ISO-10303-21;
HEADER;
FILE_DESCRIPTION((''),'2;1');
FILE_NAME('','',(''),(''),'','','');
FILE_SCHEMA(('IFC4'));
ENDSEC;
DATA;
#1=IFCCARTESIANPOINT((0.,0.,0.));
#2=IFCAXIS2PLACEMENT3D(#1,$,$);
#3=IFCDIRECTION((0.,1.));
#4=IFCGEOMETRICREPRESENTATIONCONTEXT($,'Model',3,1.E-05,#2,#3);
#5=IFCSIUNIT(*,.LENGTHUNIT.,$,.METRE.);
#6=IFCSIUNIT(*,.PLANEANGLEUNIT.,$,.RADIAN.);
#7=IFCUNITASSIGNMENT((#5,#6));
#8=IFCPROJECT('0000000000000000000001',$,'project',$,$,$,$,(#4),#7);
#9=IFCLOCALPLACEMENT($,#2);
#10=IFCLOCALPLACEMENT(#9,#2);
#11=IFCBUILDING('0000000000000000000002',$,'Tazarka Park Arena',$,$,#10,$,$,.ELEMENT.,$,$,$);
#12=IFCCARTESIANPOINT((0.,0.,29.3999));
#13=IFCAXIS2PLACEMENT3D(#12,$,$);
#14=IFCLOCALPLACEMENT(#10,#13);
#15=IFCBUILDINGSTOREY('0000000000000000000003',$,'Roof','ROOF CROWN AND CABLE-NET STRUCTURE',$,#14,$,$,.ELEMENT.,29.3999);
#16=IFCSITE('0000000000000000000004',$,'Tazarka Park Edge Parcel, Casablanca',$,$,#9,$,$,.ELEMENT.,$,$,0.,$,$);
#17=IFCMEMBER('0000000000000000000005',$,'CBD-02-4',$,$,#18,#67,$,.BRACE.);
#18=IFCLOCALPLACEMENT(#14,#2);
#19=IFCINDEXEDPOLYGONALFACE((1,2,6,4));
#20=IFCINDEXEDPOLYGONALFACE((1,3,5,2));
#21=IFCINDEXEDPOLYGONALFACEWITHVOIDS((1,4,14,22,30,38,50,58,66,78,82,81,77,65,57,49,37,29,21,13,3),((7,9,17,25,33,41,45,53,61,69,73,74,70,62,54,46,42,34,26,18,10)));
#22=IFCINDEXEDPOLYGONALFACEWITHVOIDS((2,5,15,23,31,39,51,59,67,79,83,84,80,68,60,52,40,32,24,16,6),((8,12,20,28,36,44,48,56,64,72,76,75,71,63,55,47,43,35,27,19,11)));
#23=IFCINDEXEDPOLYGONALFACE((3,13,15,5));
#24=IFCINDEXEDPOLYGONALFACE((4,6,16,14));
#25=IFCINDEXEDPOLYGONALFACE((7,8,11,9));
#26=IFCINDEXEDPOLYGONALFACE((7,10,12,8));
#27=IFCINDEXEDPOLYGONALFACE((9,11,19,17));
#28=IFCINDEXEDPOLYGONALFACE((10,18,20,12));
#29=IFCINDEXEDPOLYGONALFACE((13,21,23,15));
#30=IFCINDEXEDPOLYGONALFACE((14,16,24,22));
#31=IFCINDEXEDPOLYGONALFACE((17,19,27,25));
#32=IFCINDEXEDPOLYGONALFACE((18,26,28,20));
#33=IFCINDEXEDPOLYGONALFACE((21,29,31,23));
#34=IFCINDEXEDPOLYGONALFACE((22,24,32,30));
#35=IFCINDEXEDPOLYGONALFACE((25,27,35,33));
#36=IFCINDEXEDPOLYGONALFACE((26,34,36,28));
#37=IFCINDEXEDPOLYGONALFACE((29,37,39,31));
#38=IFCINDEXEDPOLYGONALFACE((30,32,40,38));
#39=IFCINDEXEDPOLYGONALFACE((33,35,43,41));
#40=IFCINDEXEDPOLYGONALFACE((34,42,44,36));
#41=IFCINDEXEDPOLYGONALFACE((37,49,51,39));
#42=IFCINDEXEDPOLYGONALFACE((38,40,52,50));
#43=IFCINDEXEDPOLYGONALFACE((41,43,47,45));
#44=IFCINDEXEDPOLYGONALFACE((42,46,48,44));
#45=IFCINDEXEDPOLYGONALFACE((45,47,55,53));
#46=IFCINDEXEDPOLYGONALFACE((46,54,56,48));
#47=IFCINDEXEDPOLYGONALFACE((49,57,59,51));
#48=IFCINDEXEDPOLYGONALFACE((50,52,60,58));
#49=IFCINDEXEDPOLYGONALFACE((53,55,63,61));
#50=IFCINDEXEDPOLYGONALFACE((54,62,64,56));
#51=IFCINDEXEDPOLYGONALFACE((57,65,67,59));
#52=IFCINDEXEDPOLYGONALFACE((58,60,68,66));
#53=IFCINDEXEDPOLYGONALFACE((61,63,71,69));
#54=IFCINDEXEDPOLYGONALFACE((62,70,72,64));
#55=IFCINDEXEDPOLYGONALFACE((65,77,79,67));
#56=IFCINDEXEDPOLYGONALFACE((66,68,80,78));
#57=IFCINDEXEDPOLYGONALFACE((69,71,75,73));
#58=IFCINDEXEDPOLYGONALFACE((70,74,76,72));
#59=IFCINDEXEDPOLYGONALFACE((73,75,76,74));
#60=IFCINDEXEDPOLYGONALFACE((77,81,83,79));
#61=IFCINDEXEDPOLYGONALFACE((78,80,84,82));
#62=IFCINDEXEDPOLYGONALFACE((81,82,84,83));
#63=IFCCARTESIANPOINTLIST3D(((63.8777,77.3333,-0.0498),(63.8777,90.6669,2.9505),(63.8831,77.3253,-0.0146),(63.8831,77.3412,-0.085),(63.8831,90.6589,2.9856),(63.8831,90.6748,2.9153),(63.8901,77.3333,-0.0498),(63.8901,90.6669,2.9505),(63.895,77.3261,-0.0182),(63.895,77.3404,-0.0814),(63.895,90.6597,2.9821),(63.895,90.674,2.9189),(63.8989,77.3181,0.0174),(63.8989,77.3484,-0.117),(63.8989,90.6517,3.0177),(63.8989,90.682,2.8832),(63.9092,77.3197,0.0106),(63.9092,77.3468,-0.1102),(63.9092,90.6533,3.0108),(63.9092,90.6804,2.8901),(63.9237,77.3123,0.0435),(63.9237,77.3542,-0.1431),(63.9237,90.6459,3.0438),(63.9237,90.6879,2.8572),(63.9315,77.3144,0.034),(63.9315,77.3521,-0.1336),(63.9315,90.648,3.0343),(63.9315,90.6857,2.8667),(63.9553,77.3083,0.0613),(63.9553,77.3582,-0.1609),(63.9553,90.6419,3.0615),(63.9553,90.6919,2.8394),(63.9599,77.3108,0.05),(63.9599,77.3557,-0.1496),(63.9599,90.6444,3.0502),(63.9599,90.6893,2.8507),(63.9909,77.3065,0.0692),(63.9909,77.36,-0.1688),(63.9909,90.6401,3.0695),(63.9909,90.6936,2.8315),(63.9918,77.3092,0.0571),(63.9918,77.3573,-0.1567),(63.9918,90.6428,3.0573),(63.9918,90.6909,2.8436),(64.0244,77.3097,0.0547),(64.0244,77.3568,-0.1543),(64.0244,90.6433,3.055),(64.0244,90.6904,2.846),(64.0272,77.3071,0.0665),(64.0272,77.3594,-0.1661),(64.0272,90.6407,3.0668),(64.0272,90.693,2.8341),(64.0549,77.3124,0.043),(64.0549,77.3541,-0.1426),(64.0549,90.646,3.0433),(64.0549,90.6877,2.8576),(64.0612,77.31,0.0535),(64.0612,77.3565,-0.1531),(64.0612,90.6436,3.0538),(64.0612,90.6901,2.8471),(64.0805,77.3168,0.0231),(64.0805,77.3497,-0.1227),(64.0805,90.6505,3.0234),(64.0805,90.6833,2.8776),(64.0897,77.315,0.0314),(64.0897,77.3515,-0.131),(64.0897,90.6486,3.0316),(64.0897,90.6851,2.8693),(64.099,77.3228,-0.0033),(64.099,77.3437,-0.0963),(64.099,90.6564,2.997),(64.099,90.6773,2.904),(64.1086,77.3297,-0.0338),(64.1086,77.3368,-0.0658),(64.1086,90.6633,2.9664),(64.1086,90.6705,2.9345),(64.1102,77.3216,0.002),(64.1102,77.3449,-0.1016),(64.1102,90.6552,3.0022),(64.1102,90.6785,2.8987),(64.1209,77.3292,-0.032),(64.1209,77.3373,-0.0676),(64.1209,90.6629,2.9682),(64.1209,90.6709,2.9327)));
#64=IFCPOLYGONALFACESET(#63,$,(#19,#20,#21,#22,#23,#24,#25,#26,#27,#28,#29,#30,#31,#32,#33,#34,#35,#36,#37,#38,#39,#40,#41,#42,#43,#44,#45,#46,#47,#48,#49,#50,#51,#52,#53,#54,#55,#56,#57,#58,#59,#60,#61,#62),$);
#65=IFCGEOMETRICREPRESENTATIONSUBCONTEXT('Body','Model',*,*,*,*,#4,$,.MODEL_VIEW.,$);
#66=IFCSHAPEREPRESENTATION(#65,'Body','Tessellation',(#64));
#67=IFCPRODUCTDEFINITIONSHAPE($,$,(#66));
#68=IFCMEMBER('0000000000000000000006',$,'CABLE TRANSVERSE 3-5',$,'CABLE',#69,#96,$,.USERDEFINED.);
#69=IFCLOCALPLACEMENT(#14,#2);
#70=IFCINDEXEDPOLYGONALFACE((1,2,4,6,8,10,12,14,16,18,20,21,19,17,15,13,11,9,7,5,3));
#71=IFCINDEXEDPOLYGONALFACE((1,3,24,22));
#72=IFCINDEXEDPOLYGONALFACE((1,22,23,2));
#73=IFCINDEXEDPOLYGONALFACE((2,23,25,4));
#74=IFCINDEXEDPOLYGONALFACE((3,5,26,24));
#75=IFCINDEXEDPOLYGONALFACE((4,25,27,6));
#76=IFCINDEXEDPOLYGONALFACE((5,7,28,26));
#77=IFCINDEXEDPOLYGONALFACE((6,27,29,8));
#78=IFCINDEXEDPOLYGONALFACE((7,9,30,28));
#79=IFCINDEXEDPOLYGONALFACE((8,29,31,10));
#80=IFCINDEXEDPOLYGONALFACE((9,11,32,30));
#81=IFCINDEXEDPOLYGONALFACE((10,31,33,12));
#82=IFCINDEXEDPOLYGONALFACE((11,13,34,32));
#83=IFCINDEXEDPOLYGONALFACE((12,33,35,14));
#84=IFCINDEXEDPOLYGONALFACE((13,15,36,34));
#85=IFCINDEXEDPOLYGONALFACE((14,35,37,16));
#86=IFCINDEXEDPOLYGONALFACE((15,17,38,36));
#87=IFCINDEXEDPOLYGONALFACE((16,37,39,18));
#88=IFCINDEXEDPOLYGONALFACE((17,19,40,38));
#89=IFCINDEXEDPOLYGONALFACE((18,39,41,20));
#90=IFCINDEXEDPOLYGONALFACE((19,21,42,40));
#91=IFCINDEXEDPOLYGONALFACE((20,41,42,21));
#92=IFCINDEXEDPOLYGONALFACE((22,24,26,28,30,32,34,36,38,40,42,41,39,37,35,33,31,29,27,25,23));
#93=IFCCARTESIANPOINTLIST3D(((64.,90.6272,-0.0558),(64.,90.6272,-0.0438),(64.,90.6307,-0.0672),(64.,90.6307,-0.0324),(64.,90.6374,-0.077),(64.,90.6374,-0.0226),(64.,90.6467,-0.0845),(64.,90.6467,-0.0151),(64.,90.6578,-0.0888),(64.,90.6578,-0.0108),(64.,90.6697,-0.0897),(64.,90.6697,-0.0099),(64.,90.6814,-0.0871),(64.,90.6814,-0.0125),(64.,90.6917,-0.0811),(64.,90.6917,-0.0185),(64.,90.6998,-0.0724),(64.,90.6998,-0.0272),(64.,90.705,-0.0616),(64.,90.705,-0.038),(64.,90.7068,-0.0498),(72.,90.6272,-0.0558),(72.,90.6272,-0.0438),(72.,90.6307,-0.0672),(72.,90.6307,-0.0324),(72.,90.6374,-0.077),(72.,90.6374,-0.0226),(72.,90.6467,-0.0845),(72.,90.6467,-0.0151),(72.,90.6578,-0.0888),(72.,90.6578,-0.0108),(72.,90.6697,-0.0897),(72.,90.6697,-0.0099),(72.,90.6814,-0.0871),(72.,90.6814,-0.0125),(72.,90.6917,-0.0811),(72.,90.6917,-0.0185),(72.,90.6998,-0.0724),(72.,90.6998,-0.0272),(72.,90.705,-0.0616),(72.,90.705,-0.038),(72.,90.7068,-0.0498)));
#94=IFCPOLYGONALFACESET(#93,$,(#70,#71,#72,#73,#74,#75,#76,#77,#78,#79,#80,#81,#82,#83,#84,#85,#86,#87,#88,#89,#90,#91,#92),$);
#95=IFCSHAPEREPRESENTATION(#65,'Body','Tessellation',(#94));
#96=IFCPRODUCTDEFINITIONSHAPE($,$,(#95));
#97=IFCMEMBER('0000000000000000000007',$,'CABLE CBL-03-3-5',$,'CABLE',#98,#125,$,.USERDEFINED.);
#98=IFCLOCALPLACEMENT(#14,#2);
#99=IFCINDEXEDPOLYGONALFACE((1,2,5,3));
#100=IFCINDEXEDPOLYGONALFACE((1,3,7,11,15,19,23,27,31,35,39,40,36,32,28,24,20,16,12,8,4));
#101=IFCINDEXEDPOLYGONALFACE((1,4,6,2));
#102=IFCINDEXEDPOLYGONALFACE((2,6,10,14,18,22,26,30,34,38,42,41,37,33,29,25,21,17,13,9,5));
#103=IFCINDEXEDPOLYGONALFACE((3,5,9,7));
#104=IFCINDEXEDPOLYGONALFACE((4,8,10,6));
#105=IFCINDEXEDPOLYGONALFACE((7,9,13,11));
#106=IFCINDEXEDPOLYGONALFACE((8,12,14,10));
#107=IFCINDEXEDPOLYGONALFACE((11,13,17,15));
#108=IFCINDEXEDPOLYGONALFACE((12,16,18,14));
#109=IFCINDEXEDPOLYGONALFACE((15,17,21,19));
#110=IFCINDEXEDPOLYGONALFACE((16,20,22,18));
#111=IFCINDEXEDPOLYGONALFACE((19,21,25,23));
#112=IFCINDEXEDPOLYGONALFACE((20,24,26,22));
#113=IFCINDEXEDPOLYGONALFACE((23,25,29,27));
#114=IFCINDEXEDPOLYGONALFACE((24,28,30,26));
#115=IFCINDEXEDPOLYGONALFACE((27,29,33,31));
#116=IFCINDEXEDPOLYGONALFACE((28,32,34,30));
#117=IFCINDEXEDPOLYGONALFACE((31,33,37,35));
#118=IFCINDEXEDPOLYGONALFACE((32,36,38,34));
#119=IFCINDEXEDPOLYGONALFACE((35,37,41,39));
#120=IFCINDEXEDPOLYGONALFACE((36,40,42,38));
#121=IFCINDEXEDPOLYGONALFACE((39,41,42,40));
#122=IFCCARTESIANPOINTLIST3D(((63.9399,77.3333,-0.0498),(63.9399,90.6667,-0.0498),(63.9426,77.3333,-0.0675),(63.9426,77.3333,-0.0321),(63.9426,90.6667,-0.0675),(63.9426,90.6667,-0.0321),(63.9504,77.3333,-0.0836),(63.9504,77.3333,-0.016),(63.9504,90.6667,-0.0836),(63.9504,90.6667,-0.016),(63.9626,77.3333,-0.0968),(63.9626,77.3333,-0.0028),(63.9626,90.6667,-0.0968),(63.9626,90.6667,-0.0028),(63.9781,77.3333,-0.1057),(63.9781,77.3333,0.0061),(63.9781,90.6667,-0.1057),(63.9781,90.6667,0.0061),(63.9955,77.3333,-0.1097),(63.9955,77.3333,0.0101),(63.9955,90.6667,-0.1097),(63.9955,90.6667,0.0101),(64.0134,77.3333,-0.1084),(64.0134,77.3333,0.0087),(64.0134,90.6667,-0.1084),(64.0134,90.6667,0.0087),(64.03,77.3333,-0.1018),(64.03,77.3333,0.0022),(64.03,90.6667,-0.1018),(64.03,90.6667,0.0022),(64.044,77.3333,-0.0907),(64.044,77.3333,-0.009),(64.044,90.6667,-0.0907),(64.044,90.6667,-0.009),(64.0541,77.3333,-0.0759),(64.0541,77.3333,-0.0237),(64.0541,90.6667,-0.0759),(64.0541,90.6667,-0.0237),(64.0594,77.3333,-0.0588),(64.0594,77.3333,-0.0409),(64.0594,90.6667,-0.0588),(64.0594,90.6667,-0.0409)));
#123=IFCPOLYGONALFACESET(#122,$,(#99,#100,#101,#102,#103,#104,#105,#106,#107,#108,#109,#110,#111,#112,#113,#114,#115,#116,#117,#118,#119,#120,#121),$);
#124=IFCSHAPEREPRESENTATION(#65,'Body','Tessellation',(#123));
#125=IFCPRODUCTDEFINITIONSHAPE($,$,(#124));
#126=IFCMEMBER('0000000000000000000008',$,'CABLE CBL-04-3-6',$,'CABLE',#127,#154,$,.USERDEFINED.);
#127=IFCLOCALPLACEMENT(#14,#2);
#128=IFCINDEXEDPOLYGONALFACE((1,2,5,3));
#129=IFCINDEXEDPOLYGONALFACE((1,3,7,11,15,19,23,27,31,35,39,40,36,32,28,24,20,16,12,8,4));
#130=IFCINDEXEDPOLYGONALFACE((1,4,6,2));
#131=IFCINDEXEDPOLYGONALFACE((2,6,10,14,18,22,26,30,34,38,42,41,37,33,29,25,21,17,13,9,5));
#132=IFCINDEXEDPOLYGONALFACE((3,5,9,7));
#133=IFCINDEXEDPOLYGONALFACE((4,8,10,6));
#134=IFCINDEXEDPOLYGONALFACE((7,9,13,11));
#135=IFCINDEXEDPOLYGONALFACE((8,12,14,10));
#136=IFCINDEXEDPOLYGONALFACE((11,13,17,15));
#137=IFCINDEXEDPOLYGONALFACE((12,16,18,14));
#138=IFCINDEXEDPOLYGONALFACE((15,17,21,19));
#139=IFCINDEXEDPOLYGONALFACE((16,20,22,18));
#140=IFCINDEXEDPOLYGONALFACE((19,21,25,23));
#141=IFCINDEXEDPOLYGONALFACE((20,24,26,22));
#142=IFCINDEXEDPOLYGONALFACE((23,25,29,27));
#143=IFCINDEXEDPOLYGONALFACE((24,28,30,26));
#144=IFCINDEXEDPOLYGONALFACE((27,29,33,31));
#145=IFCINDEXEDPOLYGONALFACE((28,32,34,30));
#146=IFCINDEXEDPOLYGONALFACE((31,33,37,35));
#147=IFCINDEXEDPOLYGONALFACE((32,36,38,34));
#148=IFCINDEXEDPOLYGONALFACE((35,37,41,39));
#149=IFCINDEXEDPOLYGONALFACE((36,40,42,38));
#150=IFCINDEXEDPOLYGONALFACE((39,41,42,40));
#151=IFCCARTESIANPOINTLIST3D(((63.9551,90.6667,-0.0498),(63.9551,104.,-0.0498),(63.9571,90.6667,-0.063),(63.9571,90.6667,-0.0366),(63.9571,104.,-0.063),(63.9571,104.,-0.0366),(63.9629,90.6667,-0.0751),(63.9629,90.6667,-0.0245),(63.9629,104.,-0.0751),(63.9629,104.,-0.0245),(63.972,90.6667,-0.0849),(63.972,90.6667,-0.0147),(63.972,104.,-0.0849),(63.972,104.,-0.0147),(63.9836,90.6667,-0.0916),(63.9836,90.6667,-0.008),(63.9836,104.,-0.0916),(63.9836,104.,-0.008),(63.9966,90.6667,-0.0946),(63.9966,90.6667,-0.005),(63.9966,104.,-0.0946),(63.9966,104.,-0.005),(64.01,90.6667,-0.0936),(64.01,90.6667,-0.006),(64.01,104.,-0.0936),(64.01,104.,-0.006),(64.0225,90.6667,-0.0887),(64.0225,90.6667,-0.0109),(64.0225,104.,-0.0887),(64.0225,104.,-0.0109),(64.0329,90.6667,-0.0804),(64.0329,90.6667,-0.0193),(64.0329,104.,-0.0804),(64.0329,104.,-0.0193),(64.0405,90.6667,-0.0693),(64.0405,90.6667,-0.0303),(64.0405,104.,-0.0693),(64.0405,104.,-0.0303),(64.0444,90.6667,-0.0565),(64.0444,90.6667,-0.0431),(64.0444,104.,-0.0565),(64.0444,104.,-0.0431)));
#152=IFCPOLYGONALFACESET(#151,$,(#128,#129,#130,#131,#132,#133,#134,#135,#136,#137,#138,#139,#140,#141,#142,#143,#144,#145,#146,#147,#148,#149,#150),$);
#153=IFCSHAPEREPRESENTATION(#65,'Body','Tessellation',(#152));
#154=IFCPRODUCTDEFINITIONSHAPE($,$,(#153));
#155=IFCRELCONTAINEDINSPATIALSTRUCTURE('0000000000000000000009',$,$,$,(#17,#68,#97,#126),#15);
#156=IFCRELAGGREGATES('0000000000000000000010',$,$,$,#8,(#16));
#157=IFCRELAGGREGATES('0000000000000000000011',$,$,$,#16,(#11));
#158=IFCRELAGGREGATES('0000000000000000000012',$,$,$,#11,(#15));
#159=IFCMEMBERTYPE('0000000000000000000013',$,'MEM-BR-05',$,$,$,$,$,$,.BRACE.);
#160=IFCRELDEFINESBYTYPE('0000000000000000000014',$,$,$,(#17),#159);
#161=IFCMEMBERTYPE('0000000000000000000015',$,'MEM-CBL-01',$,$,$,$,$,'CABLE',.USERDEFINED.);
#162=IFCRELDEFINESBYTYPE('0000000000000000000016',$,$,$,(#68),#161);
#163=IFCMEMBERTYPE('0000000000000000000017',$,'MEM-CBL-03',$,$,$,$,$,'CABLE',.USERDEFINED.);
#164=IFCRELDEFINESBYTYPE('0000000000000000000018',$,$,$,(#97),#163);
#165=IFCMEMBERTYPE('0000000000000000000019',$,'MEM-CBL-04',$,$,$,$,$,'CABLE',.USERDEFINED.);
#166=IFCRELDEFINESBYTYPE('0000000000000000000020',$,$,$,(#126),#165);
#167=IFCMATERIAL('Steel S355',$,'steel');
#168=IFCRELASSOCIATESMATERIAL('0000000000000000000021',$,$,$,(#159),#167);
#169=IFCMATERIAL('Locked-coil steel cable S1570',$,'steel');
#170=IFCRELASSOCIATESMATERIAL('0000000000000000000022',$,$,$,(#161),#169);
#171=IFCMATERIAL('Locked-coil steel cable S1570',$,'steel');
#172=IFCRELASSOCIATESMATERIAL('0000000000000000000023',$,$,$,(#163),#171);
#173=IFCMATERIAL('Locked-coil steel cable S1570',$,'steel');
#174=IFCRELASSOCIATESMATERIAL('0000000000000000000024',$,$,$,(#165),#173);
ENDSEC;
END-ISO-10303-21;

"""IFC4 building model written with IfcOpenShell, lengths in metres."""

from ifc_helpers import new_model, si_unit, direction, frame, origin, origin_2d, place, context, subcontext, project, spatial, circle, hollow_circle, extrude, material, material_profile, profile_set, type_object, element, save


model = new_model("IFC4")

# Units and contexts
model_context = context("Model", 3, precision=1e-05, world=origin(), true_north=direction((0.0, 1.0)))
body_context = subcontext(model_context, "Body", "Model", "MODEL_VIEW")
ifc_project = project(units=[si_unit("LENGTHUNIT", "METRE"), si_unit("PLANEANGLEUNIT", "RADIAN")], contexts=[model_context])

# Site, building, storey
site_placement = place(None, origin())
site = spatial("IfcSite", under=ifc_project, at=site_placement, Name="Tazarka Park Edge Parcel, Casablanca", CompositionType="ELEMENT", RefElevation=0.0)
building_placement = place(site_placement, origin())
building = spatial("IfcBuilding", under=site, at=building_placement, Name="Tazarka Park Arena", CompositionType="ELEMENT")
storey_placement = place(building_placement, frame((0.0, 0.0, 29.3999)))
storey = spatial("IfcBuildingStorey", under=building, at=storey_placement, Name="Roof", Description="ROOF CROWN AND CABLE-NET STRUCTURE", CompositionType="ELEMENT", Elevation=29.3999)

# Members
ifc_material_1 = material(Name="Steel S355", Category="steel")
ifc_material_profile_1 = material_profile(ifc_material_1, hollow_circle(Radius=0.1223, WallThickness=0.0125, at=origin_2d()), Name="Steel S355")
ifc_profile_set_1 = profile_set([ifc_material_profile_1], Name="Steel S355")
member_type_1 = type_object("IfcMemberType", Name="MEM-BR-05", PredefinedType="BRACE", material=ifc_profile_set_1)
member_1_placement = place(storey_placement, frame((64.0, 77.3333, -0.0498), z_axis=(0.0, 0.975607, 0.219527), x_axis=(-1.0, 0.0, 0.0)))
element("IfcMember", 1, at=member_1_placement, inside=storey, type_object=member_type_1, Name="CBD-02-4", PredefinedType="BRACE", context=body_context, shape_type="SweptSolid", body=[
    extrude(hollow_circle(Radius=0.1223, WallThickness=0.0125, at=origin_2d()), origin(), (0.0, 0.0, 1.0), 13.667),
])
ifc_material_2 = material(Name="Locked-coil steel cable S1570", Category="steel")
ifc_material_profile_2 = material_profile(ifc_material_2, circle(Radius=0.04, at=origin_2d()), Name="Locked-coil steel cable S1570")
ifc_profile_set_2 = profile_set([ifc_material_profile_2], Name="Locked-coil steel cable S1570")
member_type_2 = type_object("IfcMemberType", Name="MEM-CBL-01", ElementType="CABLE", PredefinedType="USERDEFINED", material=ifc_profile_set_2)
member_2_placement = place(storey_placement, frame((64.0, 90.6667, -0.0498), z_axis=(1.0, 0.0, 0.0), x_axis=(0.0, 1.0, 0.0)))
element("IfcMember", 2, at=member_2_placement, inside=storey, type_object=member_type_2, Name="CABLE TRANSVERSE 3-5", ObjectType="CABLE", PredefinedType="USERDEFINED", context=body_context, shape_type="SweptSolid", body=[
    extrude(circle(Radius=0.04, at=origin_2d()), origin(), (0.0, 0.0, 1.0), 8.0),
])
ifc_material_3 = material(Name="Locked-coil steel cable S1570", Category="steel")
ifc_material_profile_3 = material_profile(ifc_material_3, circle(Radius=0.0601, at=origin_2d()), Name="Locked-coil steel cable S1570")
ifc_profile_set_3 = profile_set([ifc_material_profile_3], Name="Locked-coil steel cable S1570")
member_type_3 = type_object("IfcMemberType", Name="MEM-CBL-03", ElementType="CABLE", PredefinedType="USERDEFINED", material=ifc_profile_set_3)
member_3_placement = place(storey_placement, frame((64.0, 77.3333, -0.0498), z_axis=(0.0, 1.0, 0.0), x_axis=(-1.0, 0.0, 0.0)))
element("IfcMember", 3, at=member_3_placement, inside=storey, type_object=member_type_3, Name="CABLE CBL-03-3-5", ObjectType="CABLE", PredefinedType="USERDEFINED", context=body_context, shape_type="SweptSolid", body=[
    extrude(circle(Radius=0.0601, at=origin_2d()), origin(), (0.0, 0.0, 1.0), 13.3335),
])
ifc_material_4 = material(Name="Locked-coil steel cable S1570", Category="steel")
ifc_material_profile_4 = material_profile(ifc_material_4, circle(Radius=0.0449, at=origin_2d()), Name="Locked-coil steel cable S1570")
ifc_profile_set_4 = profile_set([ifc_material_profile_4], Name="Locked-coil steel cable S1570")
member_type_4 = type_object("IfcMemberType", Name="MEM-CBL-04", ElementType="CABLE", PredefinedType="USERDEFINED", material=ifc_profile_set_4)
member_4_placement = place(storey_placement, frame((64.0, 90.6667, -0.0498), z_axis=(0.0, 1.0, 0.0), x_axis=(-1.0, 0.0, 0.0)))
element("IfcMember", 4, at=member_4_placement, inside=storey, type_object=member_type_4, Name="CABLE CBL-04-3-6", ObjectType="CABLE", PredefinedType="USERDEFINED", context=body_context, shape_type="SweptSolid", body=[
    extrude(circle(Radius=0.0449, at=origin_2d()), origin(), (0.0, 0.0, 1.0), 13.3333),
])

save(model, "model.ifc")
